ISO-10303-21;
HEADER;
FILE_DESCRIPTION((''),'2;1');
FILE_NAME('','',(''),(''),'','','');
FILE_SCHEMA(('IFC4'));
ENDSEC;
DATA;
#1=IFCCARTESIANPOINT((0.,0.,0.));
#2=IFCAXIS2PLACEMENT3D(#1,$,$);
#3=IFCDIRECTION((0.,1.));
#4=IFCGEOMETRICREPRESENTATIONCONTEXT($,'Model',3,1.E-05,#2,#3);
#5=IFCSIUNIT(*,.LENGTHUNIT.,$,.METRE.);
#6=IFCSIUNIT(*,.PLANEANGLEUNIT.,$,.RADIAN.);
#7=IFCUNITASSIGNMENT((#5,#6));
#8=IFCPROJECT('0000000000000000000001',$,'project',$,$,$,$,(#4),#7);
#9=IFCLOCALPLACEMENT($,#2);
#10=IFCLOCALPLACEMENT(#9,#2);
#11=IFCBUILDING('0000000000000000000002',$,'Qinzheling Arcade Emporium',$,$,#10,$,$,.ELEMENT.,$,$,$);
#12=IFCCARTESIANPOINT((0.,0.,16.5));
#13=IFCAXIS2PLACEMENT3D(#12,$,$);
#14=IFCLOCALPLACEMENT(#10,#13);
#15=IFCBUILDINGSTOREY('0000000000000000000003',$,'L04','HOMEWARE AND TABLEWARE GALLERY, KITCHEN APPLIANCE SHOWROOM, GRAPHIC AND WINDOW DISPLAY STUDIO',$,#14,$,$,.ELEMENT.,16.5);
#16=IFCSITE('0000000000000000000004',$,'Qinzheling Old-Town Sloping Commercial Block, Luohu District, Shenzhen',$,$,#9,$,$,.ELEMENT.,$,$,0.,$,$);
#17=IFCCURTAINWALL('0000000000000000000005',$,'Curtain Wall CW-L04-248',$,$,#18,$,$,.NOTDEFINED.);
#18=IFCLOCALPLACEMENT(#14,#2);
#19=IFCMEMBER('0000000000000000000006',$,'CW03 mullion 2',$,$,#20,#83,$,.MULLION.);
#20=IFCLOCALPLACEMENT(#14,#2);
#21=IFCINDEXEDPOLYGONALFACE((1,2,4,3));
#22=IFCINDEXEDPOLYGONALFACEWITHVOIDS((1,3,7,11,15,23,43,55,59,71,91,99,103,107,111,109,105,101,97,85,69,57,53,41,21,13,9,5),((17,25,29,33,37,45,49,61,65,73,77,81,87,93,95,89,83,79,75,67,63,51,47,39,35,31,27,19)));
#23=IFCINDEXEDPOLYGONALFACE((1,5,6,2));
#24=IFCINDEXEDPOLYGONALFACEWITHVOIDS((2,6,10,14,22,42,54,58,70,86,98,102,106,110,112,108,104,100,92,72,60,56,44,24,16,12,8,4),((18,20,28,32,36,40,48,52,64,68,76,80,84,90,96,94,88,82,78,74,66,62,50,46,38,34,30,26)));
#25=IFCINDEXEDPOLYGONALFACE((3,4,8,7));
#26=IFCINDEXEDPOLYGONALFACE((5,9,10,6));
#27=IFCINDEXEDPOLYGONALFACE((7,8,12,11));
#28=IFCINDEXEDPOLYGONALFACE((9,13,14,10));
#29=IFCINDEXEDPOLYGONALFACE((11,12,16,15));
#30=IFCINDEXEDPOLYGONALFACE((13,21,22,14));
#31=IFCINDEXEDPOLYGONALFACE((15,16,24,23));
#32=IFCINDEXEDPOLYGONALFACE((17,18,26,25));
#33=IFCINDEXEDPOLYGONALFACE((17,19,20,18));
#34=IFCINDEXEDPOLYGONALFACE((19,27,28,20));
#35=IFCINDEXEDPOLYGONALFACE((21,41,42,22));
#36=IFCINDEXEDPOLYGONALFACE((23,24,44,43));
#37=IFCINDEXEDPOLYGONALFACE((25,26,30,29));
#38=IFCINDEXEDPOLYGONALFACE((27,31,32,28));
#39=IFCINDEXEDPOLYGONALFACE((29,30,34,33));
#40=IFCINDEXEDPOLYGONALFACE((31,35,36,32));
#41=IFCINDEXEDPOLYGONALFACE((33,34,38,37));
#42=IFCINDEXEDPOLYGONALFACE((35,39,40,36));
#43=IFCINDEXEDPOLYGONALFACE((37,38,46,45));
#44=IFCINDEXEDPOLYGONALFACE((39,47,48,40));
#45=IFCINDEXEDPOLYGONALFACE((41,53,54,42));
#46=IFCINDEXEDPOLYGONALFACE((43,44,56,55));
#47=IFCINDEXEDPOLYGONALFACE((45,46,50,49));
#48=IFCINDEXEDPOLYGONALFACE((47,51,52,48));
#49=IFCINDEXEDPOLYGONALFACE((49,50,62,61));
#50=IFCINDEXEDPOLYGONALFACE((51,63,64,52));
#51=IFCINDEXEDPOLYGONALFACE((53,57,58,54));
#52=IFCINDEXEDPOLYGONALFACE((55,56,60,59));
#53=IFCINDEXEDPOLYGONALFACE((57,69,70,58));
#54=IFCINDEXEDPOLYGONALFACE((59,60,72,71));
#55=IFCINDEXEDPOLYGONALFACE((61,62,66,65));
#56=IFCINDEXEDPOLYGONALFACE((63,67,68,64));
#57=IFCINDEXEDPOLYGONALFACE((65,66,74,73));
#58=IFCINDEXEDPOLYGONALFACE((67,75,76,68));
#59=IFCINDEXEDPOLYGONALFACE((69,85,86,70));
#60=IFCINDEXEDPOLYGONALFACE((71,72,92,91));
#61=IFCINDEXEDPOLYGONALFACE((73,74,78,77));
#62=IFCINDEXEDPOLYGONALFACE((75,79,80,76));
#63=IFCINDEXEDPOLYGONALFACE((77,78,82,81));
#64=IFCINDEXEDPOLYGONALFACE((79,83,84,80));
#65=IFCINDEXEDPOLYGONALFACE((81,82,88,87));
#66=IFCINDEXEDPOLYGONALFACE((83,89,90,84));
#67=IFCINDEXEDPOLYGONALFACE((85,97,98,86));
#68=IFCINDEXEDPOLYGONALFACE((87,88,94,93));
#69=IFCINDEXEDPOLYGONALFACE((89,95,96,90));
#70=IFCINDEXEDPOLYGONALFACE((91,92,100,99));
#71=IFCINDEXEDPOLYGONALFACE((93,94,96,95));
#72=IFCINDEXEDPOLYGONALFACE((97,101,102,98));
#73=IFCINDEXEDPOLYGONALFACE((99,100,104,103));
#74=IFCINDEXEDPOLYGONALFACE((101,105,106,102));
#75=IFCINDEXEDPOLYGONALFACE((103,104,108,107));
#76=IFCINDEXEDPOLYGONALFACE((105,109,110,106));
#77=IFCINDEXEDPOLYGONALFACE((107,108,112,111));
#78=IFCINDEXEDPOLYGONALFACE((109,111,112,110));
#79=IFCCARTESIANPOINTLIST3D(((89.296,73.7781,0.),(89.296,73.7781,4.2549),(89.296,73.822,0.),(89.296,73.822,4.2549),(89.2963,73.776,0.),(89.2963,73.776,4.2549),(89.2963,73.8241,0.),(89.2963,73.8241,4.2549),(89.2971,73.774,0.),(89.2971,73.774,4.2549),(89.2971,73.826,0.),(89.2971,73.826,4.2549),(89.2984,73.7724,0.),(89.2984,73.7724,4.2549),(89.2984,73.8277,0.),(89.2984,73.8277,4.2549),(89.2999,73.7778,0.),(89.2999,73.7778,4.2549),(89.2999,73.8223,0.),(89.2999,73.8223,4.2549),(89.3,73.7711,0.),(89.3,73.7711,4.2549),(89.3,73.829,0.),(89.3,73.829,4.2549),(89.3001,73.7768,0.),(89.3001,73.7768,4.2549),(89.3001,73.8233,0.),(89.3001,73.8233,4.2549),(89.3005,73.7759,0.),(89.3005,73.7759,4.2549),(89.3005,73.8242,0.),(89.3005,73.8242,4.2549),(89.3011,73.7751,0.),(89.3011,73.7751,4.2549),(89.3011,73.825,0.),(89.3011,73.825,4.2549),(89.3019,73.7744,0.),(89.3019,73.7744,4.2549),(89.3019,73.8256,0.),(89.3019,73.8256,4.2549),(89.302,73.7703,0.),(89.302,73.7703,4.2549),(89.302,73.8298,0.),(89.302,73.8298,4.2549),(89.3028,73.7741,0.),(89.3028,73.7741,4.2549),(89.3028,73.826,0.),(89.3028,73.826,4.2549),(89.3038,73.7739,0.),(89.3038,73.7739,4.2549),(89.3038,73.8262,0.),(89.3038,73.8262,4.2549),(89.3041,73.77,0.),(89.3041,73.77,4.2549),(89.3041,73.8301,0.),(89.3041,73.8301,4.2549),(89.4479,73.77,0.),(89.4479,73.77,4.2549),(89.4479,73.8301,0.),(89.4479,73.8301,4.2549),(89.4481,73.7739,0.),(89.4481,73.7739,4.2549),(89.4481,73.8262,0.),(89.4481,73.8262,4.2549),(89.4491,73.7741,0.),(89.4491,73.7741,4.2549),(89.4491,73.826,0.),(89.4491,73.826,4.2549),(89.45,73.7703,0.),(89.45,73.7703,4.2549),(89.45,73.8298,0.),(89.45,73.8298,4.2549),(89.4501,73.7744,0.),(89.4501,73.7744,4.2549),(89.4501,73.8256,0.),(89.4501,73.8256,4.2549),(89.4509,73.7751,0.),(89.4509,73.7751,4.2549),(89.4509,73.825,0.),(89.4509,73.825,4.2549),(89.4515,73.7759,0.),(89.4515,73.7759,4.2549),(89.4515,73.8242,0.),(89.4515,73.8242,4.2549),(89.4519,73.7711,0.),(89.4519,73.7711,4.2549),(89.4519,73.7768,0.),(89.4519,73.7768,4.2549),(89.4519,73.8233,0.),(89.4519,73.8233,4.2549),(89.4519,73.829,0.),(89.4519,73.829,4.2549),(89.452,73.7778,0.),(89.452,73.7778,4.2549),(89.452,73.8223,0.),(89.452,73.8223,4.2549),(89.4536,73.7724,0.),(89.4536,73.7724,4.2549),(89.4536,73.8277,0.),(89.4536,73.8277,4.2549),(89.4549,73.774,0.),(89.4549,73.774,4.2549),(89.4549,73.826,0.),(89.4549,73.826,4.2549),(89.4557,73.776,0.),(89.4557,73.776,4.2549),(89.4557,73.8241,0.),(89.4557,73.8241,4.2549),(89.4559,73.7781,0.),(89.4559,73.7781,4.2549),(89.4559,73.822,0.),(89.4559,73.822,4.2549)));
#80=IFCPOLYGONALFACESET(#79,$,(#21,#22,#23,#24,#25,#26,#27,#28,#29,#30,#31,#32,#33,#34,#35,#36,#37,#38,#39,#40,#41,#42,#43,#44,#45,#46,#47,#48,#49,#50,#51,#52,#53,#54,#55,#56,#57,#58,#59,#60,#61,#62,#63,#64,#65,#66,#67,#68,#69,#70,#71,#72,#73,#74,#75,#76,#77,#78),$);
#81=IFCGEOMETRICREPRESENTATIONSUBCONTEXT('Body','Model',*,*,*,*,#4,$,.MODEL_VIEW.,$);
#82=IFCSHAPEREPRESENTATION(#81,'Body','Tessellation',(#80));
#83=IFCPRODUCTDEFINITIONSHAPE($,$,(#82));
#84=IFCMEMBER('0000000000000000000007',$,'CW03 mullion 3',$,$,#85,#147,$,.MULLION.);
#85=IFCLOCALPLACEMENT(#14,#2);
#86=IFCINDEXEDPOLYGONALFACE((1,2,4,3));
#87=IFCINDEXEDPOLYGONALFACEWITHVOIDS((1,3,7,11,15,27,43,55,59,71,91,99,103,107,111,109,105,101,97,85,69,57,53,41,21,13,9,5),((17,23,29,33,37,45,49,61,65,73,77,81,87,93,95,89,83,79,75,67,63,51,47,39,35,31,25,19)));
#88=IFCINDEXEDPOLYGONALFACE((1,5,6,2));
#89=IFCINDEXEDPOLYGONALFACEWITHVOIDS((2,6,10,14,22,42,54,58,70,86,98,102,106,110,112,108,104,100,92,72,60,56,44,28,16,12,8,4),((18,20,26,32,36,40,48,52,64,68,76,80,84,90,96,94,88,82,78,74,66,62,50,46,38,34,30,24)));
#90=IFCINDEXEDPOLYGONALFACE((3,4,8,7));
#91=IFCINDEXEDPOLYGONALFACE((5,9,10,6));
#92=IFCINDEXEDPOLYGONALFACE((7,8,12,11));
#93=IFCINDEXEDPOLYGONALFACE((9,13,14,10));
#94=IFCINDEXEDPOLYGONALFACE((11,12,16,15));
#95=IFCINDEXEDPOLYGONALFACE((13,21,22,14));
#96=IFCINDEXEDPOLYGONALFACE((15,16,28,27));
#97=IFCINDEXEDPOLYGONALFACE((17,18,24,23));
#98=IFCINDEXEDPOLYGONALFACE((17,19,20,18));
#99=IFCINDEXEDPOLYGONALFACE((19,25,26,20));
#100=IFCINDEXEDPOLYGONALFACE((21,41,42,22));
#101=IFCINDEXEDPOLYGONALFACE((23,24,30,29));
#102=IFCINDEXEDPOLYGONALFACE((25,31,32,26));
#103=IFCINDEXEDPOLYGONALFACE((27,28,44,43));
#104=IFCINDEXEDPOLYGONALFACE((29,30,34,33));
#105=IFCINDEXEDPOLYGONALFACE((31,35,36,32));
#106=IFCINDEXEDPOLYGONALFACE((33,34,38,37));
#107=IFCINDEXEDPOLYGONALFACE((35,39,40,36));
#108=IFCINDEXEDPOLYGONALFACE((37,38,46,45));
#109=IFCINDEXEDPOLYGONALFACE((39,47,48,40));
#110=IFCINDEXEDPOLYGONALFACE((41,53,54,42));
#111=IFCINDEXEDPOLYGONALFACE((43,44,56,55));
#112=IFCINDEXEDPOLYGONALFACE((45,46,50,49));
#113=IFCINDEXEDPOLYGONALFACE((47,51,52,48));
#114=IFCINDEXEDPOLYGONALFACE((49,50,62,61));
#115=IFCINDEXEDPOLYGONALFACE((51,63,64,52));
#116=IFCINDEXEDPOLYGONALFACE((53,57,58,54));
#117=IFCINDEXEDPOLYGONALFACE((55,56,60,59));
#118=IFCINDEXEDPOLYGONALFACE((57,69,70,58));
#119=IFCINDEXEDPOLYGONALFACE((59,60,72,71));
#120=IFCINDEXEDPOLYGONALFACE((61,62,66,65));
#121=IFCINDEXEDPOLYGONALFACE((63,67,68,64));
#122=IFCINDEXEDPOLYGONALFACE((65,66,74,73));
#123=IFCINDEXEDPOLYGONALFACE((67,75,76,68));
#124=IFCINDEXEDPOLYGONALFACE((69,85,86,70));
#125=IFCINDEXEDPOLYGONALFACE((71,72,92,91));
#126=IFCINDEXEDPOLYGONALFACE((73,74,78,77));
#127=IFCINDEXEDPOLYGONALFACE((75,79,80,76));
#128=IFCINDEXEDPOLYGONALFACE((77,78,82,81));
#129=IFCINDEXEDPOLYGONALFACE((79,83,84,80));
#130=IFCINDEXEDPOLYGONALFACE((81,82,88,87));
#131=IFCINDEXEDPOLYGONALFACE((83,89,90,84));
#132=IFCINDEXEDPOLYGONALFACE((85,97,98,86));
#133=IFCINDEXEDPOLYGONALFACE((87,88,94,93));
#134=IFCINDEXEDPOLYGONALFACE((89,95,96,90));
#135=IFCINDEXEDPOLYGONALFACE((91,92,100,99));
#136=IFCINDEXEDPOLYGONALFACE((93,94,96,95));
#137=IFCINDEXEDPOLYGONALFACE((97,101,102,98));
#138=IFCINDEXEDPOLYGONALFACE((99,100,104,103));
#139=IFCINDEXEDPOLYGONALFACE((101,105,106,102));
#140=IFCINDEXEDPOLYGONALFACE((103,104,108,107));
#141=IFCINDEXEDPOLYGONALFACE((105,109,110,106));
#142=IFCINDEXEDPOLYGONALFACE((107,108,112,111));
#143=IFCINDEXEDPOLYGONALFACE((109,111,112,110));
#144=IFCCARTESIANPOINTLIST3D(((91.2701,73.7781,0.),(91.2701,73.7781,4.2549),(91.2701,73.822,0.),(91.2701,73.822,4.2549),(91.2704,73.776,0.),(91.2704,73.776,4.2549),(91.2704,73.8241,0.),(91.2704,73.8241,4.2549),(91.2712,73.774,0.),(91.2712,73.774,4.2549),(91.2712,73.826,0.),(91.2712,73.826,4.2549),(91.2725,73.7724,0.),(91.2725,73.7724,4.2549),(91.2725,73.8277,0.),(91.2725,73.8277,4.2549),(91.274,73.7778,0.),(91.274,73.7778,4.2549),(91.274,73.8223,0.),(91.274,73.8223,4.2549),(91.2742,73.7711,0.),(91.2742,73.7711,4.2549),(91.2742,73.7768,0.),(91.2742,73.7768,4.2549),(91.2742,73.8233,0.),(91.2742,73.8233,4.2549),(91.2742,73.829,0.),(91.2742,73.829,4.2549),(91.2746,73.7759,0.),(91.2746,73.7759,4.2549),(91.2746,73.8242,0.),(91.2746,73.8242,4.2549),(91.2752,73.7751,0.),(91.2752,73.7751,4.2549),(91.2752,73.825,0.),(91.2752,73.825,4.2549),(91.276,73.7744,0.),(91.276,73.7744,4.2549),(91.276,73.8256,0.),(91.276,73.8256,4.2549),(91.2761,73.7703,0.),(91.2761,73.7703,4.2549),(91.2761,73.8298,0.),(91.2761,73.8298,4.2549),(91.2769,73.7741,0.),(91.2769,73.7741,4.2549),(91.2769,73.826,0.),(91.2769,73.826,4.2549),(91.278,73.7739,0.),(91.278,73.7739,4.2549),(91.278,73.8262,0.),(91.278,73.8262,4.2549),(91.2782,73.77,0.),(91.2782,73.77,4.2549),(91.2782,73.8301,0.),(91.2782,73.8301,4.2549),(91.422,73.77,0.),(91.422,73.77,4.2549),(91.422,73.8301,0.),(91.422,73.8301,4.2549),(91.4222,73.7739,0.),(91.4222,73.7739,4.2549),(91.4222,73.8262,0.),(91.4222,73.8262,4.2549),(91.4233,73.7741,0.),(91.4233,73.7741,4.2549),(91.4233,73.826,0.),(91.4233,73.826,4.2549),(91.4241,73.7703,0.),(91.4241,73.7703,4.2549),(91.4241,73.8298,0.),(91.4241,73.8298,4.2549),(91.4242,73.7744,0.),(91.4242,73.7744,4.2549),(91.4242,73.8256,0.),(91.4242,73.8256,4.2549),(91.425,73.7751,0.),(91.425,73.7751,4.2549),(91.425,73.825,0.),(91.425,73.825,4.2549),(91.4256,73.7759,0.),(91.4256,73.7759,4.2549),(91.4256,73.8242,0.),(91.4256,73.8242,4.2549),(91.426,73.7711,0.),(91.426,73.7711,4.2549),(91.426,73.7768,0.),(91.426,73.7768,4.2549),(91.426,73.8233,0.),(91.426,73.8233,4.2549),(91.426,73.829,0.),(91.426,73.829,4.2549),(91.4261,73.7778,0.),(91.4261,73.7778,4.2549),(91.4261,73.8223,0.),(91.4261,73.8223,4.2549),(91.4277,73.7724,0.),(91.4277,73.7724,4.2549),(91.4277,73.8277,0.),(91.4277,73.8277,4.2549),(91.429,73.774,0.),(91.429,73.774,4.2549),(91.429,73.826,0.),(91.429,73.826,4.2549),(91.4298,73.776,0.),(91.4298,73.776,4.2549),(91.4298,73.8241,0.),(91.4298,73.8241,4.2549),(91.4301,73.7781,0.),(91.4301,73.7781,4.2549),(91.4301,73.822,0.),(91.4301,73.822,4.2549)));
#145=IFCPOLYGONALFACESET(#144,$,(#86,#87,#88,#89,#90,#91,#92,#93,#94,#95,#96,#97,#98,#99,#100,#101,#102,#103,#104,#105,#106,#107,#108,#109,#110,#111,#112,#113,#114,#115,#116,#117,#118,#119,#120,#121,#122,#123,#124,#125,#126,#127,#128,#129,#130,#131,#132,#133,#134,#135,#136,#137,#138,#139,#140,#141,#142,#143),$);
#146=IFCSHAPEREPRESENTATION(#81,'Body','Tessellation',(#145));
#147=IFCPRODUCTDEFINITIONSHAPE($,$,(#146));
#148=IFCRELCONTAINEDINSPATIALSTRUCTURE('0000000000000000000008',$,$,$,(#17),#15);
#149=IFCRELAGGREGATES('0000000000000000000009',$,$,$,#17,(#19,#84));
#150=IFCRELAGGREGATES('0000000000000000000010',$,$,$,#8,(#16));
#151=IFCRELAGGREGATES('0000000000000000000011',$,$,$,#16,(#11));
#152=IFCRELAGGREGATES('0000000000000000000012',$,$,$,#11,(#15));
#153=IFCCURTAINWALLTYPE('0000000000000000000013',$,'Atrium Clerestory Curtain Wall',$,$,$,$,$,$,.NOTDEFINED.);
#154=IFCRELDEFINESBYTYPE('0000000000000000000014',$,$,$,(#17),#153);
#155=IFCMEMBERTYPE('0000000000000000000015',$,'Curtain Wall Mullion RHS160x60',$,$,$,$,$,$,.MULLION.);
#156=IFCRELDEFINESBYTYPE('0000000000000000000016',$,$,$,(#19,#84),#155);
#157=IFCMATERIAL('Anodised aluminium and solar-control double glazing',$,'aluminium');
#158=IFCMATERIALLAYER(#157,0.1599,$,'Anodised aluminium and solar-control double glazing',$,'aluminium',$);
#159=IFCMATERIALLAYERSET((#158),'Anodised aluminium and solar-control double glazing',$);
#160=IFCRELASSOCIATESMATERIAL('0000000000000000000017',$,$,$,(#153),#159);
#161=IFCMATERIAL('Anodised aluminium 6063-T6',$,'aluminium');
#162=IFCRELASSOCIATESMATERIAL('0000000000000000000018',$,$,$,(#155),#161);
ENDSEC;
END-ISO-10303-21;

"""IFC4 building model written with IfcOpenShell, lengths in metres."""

from ifc_helpers import new_model, si_unit, direction, frame, origin, origin_2d, place, context, subcontext, project, spatial, hollow_rectangle, extrude, material, layer, layer_set, material_profile, profile_set, type_object, element, aggregate, save


model = new_model("IFC4")

# Units and contexts
model_context = context("Model", 3, precision=1e-05, world=origin(), true_north=direction((0.0, 1.0)))
body_context = subcontext(model_context, "Body", "Model", "MODEL_VIEW")
ifc_project = project(units=[si_unit("LENGTHUNIT", "METRE"), si_unit("PLANEANGLEUNIT", "RADIAN")], contexts=[model_context])

# Site, building, storey
site_placement = place(None, origin())
site = spatial("IfcSite", under=ifc_project, at=site_placement, Name="Qinzheling Old-Town Sloping Commercial Block, Luohu District, Shenzhen", CompositionType="ELEMENT", RefElevation=0.0)
building_placement = place(site_placement, origin())
building = spatial("IfcBuilding", under=site, at=building_placement, Name="Qinzheling Arcade Emporium", CompositionType="ELEMENT")
storey_placement = place(building_placement, frame((0.0, 0.0, 16.5)))
storey = spatial("IfcBuildingStorey", under=building, at=storey_placement, Name="L04", Description="HOMEWARE AND TABLEWARE GALLERY, KITCHEN APPLIANCE SHOWROOM, GRAPHIC AND WINDOW DISPLAY STUDIO", CompositionType="ELEMENT", Elevation=16.5)

# Curtain wall, members
ifc_material_1 = material(Name="Anodised aluminium and solar-control double glazing", Category="aluminium")
ifc_layer_1 = layer(ifc_material_1, 0.1599, Name="Anodised aluminium and solar-control double glazing", Category="aluminium")
ifc_layer_set_1 = layer_set([ifc_layer_1], Name="Anodised aluminium and solar-control double glazing")
curtain_wall_type = type_object("IfcCurtainWallType", Name="Atrium Clerestory Curtain Wall", PredefinedType="NOTDEFINED", material=ifc_layer_set_1)
curtain_wall_placement = place(storey_placement, origin())
curtain_wall = element("IfcCurtainWall", 1, at=curtain_wall_placement, inside=storey, type_object=curtain_wall_type, Name="Curtain Wall CW-L04-248", PredefinedType="NOTDEFINED")
ifc_material_2 = material(Name="Anodised aluminium 6063-T6", Category="aluminium")
ifc_material_profile_1 = material_profile(ifc_material_2, hollow_rectangle(XDim=0.0601, YDim=0.1599, WallThickness=0.0039, InnerFilletRadius=0.0039, OuterFilletRadius=0.0081, at=origin_2d()), Name="RHS 160x60x4", Category="aluminium")
ifc_profile_set_1 = profile_set([ifc_material_profile_1], Name="Anodised aluminium 6063-T6")
member_type_1 = type_object("IfcMemberType", Name="Curtain Wall Mullion RHS160x60", PredefinedType="MULLION", material=ifc_profile_set_1)
member_1_placement = place(storey_placement, frame((89.376, 73.8, 0.0), z_axis=(0.0, 0.0, 1.0), x_axis=(0.0, 1.0, 0.0)))
member_1 = element("IfcMember", 2, at=member_1_placement, type_object=member_type_1, Name="CW03 mullion 2", PredefinedType="MULLION", context=body_context, shape_type="SweptSolid", body=[
    extrude(hollow_rectangle(XDim=0.0601, YDim=0.1599, WallThickness=0.0039, InnerFilletRadius=0.0039, OuterFilletRadius=0.0081, at=origin_2d()), origin(), (0.0, 0.0, 1.0), 4.2549),
])
member_2_placement = place(storey_placement, frame((91.3501, 73.8, 0.0), z_axis=(0.0, 0.0, 1.0), x_axis=(0.0, 1.0, 0.0)))
member_2 = element("IfcMember", 3, at=member_2_placement, type_object=member_type_1, Name="CW03 mullion 3", PredefinedType="MULLION", context=body_context, shape_type="SweptSolid", body=[
    extrude(hollow_rectangle(XDim=0.0601, YDim=0.1599, WallThickness=0.0039, InnerFilletRadius=0.0039, OuterFilletRadius=0.0081, at=origin_2d()), origin(), (0.0, 0.0, 1.0), 4.2549),
])
aggregate(curtain_wall, [member_1, member_2])

save(model, "model.ifc")
